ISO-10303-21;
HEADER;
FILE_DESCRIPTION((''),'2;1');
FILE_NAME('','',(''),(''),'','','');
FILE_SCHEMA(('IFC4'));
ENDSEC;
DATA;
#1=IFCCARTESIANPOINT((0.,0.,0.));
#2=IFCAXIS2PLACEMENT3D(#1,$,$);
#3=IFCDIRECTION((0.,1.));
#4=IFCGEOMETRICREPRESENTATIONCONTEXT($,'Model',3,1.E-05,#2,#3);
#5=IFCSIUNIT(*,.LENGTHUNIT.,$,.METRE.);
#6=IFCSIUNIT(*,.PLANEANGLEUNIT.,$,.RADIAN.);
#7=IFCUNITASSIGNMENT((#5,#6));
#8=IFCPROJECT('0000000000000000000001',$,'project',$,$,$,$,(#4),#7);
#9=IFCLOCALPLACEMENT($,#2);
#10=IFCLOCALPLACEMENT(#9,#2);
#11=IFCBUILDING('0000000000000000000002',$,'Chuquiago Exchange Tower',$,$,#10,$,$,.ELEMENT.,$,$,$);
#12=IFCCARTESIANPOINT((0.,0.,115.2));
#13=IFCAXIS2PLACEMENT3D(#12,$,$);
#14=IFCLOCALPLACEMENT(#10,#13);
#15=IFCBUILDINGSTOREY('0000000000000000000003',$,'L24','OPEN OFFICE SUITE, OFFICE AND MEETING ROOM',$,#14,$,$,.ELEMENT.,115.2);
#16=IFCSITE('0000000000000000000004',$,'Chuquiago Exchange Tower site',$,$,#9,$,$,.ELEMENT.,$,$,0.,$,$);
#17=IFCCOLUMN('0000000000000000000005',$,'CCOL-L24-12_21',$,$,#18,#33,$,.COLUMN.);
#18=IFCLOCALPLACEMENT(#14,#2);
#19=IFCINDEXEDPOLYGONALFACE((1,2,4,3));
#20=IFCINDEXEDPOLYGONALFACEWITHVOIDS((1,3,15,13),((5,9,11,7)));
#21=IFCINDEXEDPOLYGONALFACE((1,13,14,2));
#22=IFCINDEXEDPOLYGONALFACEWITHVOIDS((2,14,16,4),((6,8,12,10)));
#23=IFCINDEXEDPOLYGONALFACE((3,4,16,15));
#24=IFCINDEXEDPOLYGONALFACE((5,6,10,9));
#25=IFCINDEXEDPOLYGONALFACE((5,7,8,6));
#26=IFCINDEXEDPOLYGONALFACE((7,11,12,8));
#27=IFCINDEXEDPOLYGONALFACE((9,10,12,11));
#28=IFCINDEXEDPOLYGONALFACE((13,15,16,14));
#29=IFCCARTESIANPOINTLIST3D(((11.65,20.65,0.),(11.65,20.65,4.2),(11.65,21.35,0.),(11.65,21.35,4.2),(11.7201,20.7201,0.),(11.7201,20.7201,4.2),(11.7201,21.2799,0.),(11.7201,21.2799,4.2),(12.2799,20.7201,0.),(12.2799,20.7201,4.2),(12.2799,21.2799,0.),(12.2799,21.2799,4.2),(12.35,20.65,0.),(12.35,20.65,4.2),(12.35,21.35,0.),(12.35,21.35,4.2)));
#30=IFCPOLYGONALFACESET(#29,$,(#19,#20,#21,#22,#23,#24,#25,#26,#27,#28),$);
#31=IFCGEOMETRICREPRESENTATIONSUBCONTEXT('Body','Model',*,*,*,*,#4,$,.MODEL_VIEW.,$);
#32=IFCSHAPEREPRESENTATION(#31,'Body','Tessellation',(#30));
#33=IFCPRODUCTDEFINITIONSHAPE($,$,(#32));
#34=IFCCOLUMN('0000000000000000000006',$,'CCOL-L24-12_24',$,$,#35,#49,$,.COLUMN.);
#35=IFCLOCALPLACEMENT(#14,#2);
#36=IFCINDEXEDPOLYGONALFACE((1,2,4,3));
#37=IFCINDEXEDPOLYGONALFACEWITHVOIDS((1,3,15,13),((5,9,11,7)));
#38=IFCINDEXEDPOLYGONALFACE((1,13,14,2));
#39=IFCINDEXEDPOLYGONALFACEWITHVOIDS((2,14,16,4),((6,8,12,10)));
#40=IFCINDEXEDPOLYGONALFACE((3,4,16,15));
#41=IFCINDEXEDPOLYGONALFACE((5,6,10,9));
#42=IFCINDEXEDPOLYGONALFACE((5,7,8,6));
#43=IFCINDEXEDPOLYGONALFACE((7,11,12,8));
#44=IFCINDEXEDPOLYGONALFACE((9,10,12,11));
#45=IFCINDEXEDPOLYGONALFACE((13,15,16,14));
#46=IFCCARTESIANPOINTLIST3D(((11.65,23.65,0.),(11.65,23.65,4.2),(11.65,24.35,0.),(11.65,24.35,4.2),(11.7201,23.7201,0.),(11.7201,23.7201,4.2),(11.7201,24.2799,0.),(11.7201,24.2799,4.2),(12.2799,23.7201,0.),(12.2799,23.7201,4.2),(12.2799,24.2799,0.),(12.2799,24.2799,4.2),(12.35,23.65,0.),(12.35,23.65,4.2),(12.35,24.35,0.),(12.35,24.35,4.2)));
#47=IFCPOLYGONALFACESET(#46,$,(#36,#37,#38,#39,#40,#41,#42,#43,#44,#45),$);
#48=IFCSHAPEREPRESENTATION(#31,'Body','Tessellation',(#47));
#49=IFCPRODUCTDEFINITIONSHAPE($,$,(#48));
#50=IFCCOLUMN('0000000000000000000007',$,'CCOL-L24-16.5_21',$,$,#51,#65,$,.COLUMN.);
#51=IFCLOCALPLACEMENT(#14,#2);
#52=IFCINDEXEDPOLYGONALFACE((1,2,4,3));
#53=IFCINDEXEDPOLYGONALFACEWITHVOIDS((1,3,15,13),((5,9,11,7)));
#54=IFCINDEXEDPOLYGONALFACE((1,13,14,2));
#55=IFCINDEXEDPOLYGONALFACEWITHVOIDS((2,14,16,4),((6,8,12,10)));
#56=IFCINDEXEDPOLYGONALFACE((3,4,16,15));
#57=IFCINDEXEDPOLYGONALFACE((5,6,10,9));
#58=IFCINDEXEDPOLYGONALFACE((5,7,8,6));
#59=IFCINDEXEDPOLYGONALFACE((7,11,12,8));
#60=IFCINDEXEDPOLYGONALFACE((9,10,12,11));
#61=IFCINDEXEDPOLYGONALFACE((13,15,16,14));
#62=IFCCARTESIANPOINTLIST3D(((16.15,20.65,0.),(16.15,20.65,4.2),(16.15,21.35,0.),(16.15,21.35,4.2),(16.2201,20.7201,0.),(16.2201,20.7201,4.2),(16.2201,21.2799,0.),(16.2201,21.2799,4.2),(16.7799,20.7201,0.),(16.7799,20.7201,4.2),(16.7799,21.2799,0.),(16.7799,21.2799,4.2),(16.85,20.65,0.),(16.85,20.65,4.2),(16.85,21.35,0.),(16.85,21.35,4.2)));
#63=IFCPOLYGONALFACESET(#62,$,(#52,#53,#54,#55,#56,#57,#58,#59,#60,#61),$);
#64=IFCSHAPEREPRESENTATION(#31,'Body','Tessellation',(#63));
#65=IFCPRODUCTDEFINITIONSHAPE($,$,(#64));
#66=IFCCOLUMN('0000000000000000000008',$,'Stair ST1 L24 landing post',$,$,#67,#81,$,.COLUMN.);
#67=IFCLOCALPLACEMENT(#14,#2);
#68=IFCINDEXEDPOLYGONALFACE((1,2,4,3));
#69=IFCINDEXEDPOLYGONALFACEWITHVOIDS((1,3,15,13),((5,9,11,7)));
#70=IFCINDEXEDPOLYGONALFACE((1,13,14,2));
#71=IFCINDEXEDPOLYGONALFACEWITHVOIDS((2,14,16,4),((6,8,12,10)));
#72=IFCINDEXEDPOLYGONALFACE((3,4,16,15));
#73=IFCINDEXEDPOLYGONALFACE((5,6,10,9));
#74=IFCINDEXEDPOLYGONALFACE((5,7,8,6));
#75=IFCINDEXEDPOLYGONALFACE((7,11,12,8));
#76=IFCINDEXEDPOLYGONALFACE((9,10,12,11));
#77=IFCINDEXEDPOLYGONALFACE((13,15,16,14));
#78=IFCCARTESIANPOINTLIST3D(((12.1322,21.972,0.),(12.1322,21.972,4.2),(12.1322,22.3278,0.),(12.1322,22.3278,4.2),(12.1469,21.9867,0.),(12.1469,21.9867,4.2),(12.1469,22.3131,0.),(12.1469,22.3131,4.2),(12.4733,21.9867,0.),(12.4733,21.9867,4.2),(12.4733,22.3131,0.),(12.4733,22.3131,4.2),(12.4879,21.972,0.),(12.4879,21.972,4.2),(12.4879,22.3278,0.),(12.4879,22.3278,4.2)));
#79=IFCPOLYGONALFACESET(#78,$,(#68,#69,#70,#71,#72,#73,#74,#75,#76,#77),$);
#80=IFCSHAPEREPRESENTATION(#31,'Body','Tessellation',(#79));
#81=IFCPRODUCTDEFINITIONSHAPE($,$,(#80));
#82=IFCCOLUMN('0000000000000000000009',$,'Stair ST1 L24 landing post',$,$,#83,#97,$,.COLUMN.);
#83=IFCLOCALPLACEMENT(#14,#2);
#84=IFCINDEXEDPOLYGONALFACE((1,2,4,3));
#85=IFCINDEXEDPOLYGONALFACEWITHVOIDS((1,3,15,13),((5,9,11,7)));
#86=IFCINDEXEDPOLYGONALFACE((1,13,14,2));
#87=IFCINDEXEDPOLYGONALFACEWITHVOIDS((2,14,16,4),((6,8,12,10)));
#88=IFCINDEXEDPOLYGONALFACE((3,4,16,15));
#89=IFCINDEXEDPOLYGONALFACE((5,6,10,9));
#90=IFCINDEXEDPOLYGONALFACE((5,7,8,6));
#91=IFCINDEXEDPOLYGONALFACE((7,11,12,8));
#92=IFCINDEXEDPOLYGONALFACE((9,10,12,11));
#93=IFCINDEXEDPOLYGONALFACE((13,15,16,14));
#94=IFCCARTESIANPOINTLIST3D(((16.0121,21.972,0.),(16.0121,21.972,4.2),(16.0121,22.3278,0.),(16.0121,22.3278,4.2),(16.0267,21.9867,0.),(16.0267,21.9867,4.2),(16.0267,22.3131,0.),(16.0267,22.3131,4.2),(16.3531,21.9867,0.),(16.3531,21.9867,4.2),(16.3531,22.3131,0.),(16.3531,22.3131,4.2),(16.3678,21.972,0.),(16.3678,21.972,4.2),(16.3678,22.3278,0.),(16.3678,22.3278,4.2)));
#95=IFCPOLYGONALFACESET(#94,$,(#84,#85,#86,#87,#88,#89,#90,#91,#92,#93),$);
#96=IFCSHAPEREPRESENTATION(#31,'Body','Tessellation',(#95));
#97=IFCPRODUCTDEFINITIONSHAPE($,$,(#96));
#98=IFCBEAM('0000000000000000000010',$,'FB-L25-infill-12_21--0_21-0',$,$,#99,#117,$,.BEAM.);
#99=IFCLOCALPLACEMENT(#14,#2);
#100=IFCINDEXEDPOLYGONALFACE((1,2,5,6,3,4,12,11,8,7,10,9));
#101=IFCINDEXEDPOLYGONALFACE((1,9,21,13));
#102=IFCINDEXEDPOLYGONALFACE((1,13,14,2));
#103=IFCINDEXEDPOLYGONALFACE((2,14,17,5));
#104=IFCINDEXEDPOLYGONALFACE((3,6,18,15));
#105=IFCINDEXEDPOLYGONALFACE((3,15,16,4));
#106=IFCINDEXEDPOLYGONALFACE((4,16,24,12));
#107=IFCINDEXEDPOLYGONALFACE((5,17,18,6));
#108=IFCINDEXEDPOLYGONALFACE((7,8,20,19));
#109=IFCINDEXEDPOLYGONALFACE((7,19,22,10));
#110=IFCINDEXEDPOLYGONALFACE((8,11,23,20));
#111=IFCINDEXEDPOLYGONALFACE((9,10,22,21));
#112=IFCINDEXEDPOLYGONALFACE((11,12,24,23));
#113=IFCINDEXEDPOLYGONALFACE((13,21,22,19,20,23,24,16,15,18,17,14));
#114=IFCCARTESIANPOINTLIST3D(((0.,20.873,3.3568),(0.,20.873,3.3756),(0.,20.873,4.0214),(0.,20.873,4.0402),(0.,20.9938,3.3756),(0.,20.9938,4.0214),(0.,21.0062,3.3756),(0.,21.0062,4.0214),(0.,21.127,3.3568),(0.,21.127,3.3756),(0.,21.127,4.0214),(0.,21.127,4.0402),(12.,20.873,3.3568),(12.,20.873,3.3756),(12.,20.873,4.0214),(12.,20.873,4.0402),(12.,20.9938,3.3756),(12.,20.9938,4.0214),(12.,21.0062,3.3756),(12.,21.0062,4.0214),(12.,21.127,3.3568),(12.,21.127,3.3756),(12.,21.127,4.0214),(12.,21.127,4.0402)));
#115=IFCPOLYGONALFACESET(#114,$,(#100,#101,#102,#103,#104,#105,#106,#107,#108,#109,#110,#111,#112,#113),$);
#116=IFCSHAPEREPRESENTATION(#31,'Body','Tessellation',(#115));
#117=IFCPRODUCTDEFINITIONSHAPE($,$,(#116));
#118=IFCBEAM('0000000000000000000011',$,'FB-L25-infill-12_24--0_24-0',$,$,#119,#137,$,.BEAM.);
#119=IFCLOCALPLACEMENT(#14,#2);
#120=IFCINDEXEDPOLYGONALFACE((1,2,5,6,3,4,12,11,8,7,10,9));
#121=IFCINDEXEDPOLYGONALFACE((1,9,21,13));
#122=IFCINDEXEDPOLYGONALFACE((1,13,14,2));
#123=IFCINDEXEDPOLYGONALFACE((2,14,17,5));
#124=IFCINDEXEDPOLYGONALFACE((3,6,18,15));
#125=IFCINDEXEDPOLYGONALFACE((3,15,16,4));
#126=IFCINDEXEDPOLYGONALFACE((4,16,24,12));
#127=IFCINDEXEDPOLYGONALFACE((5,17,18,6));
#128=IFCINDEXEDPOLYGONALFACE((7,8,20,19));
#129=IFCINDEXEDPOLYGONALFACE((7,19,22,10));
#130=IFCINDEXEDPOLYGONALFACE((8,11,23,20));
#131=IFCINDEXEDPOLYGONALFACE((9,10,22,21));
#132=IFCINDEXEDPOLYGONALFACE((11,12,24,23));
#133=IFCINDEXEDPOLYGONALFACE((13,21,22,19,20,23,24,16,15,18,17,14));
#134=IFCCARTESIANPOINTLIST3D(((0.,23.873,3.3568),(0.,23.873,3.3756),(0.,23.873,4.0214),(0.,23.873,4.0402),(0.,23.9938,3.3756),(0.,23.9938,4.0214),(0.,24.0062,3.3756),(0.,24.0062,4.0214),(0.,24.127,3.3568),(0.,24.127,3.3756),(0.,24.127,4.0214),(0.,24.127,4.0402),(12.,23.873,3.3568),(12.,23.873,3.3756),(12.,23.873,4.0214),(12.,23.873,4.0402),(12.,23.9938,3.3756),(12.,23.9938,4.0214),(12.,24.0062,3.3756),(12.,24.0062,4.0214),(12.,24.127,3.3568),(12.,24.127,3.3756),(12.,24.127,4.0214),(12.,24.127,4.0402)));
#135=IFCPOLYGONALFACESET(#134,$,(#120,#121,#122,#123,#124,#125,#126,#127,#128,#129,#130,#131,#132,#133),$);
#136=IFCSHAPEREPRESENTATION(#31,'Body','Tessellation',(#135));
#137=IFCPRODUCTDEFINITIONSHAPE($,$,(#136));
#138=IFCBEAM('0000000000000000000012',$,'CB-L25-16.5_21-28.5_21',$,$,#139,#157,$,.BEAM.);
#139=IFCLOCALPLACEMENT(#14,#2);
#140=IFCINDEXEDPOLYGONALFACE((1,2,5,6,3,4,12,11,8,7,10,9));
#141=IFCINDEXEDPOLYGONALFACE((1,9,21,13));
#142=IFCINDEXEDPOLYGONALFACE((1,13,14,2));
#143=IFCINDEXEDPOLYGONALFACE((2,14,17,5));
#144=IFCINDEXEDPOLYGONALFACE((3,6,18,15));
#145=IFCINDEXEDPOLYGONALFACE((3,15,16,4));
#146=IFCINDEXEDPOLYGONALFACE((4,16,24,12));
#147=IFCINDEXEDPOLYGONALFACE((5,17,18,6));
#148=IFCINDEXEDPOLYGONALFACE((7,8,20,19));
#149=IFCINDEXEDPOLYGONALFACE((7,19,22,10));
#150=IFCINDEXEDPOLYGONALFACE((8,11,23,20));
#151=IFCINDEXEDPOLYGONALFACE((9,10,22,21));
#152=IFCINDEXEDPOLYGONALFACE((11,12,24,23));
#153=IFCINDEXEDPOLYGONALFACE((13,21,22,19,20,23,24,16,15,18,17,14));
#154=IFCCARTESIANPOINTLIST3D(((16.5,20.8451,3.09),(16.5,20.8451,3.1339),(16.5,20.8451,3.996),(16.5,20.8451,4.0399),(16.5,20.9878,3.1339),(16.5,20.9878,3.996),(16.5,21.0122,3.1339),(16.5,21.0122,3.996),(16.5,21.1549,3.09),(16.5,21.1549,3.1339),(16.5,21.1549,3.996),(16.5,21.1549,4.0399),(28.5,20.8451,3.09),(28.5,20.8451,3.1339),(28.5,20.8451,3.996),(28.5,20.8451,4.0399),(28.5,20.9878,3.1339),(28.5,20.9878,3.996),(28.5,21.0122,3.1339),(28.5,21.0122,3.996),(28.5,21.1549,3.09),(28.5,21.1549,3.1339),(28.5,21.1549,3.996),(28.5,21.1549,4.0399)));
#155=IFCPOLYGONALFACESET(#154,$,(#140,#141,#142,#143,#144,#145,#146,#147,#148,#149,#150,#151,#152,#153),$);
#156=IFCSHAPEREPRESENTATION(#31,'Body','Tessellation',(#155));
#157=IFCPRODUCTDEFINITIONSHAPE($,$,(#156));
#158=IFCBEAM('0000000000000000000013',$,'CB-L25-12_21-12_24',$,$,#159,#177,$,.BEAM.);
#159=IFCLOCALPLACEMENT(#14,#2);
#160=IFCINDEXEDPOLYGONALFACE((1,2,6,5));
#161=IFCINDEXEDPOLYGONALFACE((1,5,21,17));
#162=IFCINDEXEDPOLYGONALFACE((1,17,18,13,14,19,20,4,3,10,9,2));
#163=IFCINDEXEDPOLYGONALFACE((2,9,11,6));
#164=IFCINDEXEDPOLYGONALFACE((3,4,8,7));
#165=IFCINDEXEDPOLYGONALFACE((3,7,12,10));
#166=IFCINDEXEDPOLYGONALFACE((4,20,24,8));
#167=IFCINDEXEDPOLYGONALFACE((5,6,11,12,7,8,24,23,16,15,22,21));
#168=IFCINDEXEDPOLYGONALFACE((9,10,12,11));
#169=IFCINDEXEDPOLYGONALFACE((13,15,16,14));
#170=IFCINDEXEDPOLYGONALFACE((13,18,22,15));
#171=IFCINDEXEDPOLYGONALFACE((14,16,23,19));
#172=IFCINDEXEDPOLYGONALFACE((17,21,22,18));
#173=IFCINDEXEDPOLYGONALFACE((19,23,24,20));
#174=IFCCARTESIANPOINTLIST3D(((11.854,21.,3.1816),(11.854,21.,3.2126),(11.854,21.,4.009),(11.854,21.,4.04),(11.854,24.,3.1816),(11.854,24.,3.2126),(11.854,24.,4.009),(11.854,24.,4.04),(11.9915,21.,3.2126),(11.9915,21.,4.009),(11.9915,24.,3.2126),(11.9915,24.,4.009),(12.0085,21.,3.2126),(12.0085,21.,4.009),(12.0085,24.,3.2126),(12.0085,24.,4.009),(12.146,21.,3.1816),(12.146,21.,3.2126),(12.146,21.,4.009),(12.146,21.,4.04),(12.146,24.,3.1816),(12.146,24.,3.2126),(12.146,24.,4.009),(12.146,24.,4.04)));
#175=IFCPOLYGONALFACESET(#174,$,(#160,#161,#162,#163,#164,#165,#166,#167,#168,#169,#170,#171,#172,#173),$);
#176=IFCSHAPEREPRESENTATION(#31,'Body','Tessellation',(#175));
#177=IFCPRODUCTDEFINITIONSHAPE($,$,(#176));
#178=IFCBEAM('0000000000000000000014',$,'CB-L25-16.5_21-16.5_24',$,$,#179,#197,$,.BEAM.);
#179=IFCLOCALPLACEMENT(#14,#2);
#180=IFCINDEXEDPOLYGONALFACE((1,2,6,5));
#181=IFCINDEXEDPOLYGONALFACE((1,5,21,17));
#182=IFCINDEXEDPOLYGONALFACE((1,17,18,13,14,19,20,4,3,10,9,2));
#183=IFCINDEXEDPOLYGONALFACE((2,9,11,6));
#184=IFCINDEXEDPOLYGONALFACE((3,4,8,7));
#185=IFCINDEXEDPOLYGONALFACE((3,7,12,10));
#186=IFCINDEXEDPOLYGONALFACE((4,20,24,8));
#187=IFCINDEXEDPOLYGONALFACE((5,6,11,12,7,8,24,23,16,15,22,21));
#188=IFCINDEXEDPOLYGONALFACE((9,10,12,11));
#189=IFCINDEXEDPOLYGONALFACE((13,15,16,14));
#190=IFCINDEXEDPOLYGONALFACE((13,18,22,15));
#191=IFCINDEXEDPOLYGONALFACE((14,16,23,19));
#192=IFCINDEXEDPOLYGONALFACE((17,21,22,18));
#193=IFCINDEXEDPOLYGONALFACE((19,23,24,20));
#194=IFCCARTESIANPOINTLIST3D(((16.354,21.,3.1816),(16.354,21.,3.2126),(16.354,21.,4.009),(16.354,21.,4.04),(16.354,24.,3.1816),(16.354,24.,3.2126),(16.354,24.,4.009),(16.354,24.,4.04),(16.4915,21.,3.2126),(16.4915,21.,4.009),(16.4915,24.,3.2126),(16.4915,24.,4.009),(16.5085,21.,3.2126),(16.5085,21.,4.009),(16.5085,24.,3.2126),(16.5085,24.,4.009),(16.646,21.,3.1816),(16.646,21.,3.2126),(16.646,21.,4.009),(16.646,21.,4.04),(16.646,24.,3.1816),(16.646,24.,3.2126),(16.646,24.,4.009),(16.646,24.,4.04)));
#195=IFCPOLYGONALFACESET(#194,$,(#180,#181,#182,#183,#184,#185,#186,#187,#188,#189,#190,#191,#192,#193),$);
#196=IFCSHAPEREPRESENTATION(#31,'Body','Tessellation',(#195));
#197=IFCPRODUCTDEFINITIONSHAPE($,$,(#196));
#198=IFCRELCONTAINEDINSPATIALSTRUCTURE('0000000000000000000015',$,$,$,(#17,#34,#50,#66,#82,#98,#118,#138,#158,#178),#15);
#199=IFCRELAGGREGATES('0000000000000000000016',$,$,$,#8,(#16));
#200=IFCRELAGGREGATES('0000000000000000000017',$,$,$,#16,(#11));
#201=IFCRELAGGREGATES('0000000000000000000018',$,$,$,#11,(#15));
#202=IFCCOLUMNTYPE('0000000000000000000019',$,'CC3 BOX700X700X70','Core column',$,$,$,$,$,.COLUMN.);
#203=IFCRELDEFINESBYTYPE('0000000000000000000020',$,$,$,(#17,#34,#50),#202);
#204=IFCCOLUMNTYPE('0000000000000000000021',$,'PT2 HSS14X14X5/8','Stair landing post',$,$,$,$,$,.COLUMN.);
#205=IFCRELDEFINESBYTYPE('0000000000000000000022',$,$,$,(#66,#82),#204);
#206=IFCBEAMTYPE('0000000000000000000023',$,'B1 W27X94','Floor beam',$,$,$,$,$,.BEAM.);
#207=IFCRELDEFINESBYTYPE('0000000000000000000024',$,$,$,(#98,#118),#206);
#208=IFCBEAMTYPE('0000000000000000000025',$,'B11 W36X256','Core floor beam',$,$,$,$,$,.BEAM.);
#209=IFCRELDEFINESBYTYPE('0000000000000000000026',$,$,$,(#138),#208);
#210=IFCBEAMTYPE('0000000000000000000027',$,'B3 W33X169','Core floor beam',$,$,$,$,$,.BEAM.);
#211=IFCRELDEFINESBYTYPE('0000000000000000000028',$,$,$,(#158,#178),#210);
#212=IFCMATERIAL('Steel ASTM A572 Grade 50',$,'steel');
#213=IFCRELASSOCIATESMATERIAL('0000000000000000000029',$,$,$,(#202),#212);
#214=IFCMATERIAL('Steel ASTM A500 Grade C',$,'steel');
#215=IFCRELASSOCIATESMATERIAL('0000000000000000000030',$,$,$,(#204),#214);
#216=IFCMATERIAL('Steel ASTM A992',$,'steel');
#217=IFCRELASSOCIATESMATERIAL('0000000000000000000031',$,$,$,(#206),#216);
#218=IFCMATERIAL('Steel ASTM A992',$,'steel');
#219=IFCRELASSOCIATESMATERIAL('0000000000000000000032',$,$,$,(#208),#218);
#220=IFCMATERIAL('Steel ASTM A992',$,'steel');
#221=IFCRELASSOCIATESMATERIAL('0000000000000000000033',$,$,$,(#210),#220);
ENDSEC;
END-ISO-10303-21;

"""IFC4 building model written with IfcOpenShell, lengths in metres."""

from ifc_helpers import new_model, si_unit, direction, frame, origin, origin_2d, place, context, subcontext, project, spatial, hollow_rectangle, i_section, extrude, material, material_profile, profile_set, type_object, element, save


model = new_model("IFC4")

# Units and contexts
model_context = context("Model", 3, precision=1e-05, world=origin(), true_north=direction((0.0, 1.0)))
body_context = subcontext(model_context, "Body", "Model", "MODEL_VIEW")
ifc_project = project(units=[si_unit("LENGTHUNIT", "METRE"), si_unit("PLANEANGLEUNIT", "RADIAN")], contexts=[model_context])

# Site, building, storey
site_placement = place(None, origin())
site = spatial("IfcSite", under=ifc_project, at=site_placement, Name="Chuquiago Exchange Tower site", CompositionType="ELEMENT", RefElevation=0.0)
building_placement = place(site_placement, origin())
building = spatial("IfcBuilding", under=site, at=building_placement, Name="Chuquiago Exchange Tower", CompositionType="ELEMENT")
storey_placement = place(building_placement, frame((0.0, 0.0, 115.2)))
storey = spatial("IfcBuildingStorey", under=building, at=storey_placement, Name="L24", Description="OPEN OFFICE SUITE, OFFICE AND MEETING ROOM", CompositionType="ELEMENT", Elevation=115.2)

# Columns
ifc_material_1 = material(Name="Steel ASTM A572 Grade 50", Category="steel")
ifc_material_profile_1 = material_profile(ifc_material_1, hollow_rectangle(XDim=0.7, YDim=0.7, WallThickness=0.0701, at=origin_2d()), Name="BOX700X700X70")
ifc_profile_set_1 = profile_set([ifc_material_profile_1], Name="Steel ASTM A572 Grade 50")
column_type_1 = type_object("IfcColumnType", Name="CC3 BOX700X700X70", Description="Core column", PredefinedType="COLUMN", material=ifc_profile_set_1)
for number, where, z_axis, x_axis, name in (
    (1, (12.0, 21.0, 0.0), (0.0, 0.0, 1.0), (1.0, 0.0, 0.0), "CCOL-L24-12_21"),
    (2, (12.0, 24.0, 0.0), (0.0, 0.0, 1.0), (1.0, 0.0, 0.0), "CCOL-L24-12_24"),
    (3, (16.5, 21.0, 0.0), (0.0, 0.0, 1.0), (1.0, 0.0, 0.0), "CCOL-L24-16.5_21"),
):
    element("IfcColumn", number, at=place(storey_placement, frame(where, z_axis=z_axis, x_axis=x_axis)), inside=storey, type_object=column_type_1, Name=name, PredefinedType="COLUMN", context=body_context, shape_type="SweptSolid", body=[
        extrude(hollow_rectangle(XDim=0.7, YDim=0.7, WallThickness=0.0701, at=origin_2d()), origin(), (0.0, 0.0, 1.0), 4.2),
    ])
ifc_material_2 = material(Name="Steel ASTM A500 Grade C", Category="steel")
ifc_material_profile_2 = material_profile(ifc_material_2, hollow_rectangle(XDim=0.3557, YDim=0.3557, WallThickness=0.0146, at=origin_2d()), Name="HSS14X14X5/8")
ifc_profile_set_2 = profile_set([ifc_material_profile_2], Name="Steel ASTM A500 Grade C")
column_type_2 = type_object("IfcColumnType", Name="PT2 HSS14X14X5/8", Description="Stair landing post", PredefinedType="COLUMN", material=ifc_profile_set_2)
for number, where, z_axis, x_axis, name in (
    (4, (12.3101, 22.1499, 0.0), (0.0, 0.0, 1.0), (1.0, 0.0, 0.0), "Stair ST1 L24 landing post"),
    (5, (16.1899, 22.1499, 0.0), (0.0, 0.0, 1.0), (1.0, 0.0, 0.0), "Stair ST1 L24 landing post"),
):
    element("IfcColumn", number, at=place(storey_placement, frame(where, z_axis=z_axis, x_axis=x_axis)), inside=storey, type_object=column_type_2, Name=name, PredefinedType="COLUMN", context=body_context, shape_type="SweptSolid", body=[
        extrude(hollow_rectangle(XDim=0.3557, YDim=0.3557, WallThickness=0.0146, at=origin_2d()), origin(), (0.0, 0.0, 1.0), 4.2),
    ])

# Beams
ifc_material_3 = material(Name="Steel ASTM A992", Category="steel")
ifc_material_profile_3 = material_profile(ifc_material_3, i_section(OverallWidth=0.2539, OverallDepth=0.6833, WebThickness=0.0125, FlangeThickness=0.0188, at=origin_2d()), Name="W27X94")
ifc_profile_set_3 = profile_set([ifc_material_profile_3], Name="Steel ASTM A992")
beam_type_1 = type_object("IfcBeamType", Name="B1 W27X94", Description="Floor beam", PredefinedType="BEAM", material=ifc_profile_set_3)
for number, where, z_axis, x_axis, name in (
    (6, (12.0, 21.0, 3.6985), (-1.0, 0.0, 0.0), (0.0, -1.0, 0.0), "FB-L25-infill-12_21--0_21-0"),
    (7, (12.0, 24.0, 3.6985), (-1.0, 0.0, 0.0), (0.0, -1.0, 0.0), "FB-L25-infill-12_24--0_24-0"),
):
    element("IfcBeam", number, at=place(storey_placement, frame(where, z_axis=z_axis, x_axis=x_axis)), inside=storey, type_object=beam_type_1, Name=name, PredefinedType="BEAM", context=body_context, shape_type="SweptSolid", body=[
        extrude(i_section(OverallWidth=0.2539, OverallDepth=0.6833, WebThickness=0.0125, FlangeThickness=0.0188, at=origin_2d()), origin(), (0.0, 0.0, 1.0), 12.0),
    ])
ifc_material_4 = material(Name="Steel ASTM A992", Category="steel")
ifc_material_profile_4 = material_profile(ifc_material_4, i_section(OverallWidth=0.3098, OverallDepth=0.95, WebThickness=0.0244, FlangeThickness=0.0439, at=origin_2d()), Name="W36X256")
ifc_profile_set_4 = profile_set([ifc_material_profile_4], Name="Steel ASTM A992")
beam_type_2 = type_object("IfcBeamType", Name="B11 W36X256", Description="Core floor beam", PredefinedType="BEAM", material=ifc_profile_set_4)
beam_placement = place(storey_placement, frame((16.5, 21.0, 3.5649), z_axis=(1.0, 0.0, 0.0), x_axis=(0.0, 1.0, 0.0)))
element("IfcBeam", 8, at=beam_placement, inside=storey, type_object=beam_type_2, Name="CB-L25-16.5_21-28.5_21", PredefinedType="BEAM", context=body_context, shape_type="SweptSolid", body=[
    extrude(i_section(OverallWidth=0.3098, OverallDepth=0.95, WebThickness=0.0244, FlangeThickness=0.0439, at=origin_2d()), origin(), (0.0, 0.0, 1.0), 12.0),
])
ifc_material_5 = material(Name="Steel ASTM A992", Category="steel")
ifc_material_profile_5 = material_profile(ifc_material_5, i_section(OverallWidth=0.292, OverallDepth=0.8584, WebThickness=0.0171, FlangeThickness=0.031, at=origin_2d()), Name="W33X169")
ifc_profile_set_5 = profile_set([ifc_material_profile_5], Name="Steel ASTM A992")
beam_type_3 = type_object("IfcBeamType", Name="B3 W33X169", Description="Core floor beam", PredefinedType="BEAM", material=ifc_profile_set_5)
for number, where, z_axis, x_axis, name in (
    (9, (12.0, 21.0, 3.6108), (0.0, 1.0, 0.0), (-1.0, 0.0, 0.0), "CB-L25-12_21-12_24"),
    (10, (16.5, 21.0, 3.6108), (0.0, 1.0, 0.0), (-1.0, 0.0, 0.0), "CB-L25-16.5_21-16.5_24"),
):
    element("IfcBeam", number, at=place(storey_placement, frame(where, z_axis=z_axis, x_axis=x_axis)), inside=storey, type_object=beam_type_3, Name=name, PredefinedType="BEAM", context=body_context, shape_type="SweptSolid", body=[
        extrude(i_section(OverallWidth=0.292, OverallDepth=0.8584, WebThickness=0.0171, FlangeThickness=0.031, at=origin_2d()), origin(), (0.0, 0.0, 1.0), 3.0),
    ])

save(model, "model.ifc")
